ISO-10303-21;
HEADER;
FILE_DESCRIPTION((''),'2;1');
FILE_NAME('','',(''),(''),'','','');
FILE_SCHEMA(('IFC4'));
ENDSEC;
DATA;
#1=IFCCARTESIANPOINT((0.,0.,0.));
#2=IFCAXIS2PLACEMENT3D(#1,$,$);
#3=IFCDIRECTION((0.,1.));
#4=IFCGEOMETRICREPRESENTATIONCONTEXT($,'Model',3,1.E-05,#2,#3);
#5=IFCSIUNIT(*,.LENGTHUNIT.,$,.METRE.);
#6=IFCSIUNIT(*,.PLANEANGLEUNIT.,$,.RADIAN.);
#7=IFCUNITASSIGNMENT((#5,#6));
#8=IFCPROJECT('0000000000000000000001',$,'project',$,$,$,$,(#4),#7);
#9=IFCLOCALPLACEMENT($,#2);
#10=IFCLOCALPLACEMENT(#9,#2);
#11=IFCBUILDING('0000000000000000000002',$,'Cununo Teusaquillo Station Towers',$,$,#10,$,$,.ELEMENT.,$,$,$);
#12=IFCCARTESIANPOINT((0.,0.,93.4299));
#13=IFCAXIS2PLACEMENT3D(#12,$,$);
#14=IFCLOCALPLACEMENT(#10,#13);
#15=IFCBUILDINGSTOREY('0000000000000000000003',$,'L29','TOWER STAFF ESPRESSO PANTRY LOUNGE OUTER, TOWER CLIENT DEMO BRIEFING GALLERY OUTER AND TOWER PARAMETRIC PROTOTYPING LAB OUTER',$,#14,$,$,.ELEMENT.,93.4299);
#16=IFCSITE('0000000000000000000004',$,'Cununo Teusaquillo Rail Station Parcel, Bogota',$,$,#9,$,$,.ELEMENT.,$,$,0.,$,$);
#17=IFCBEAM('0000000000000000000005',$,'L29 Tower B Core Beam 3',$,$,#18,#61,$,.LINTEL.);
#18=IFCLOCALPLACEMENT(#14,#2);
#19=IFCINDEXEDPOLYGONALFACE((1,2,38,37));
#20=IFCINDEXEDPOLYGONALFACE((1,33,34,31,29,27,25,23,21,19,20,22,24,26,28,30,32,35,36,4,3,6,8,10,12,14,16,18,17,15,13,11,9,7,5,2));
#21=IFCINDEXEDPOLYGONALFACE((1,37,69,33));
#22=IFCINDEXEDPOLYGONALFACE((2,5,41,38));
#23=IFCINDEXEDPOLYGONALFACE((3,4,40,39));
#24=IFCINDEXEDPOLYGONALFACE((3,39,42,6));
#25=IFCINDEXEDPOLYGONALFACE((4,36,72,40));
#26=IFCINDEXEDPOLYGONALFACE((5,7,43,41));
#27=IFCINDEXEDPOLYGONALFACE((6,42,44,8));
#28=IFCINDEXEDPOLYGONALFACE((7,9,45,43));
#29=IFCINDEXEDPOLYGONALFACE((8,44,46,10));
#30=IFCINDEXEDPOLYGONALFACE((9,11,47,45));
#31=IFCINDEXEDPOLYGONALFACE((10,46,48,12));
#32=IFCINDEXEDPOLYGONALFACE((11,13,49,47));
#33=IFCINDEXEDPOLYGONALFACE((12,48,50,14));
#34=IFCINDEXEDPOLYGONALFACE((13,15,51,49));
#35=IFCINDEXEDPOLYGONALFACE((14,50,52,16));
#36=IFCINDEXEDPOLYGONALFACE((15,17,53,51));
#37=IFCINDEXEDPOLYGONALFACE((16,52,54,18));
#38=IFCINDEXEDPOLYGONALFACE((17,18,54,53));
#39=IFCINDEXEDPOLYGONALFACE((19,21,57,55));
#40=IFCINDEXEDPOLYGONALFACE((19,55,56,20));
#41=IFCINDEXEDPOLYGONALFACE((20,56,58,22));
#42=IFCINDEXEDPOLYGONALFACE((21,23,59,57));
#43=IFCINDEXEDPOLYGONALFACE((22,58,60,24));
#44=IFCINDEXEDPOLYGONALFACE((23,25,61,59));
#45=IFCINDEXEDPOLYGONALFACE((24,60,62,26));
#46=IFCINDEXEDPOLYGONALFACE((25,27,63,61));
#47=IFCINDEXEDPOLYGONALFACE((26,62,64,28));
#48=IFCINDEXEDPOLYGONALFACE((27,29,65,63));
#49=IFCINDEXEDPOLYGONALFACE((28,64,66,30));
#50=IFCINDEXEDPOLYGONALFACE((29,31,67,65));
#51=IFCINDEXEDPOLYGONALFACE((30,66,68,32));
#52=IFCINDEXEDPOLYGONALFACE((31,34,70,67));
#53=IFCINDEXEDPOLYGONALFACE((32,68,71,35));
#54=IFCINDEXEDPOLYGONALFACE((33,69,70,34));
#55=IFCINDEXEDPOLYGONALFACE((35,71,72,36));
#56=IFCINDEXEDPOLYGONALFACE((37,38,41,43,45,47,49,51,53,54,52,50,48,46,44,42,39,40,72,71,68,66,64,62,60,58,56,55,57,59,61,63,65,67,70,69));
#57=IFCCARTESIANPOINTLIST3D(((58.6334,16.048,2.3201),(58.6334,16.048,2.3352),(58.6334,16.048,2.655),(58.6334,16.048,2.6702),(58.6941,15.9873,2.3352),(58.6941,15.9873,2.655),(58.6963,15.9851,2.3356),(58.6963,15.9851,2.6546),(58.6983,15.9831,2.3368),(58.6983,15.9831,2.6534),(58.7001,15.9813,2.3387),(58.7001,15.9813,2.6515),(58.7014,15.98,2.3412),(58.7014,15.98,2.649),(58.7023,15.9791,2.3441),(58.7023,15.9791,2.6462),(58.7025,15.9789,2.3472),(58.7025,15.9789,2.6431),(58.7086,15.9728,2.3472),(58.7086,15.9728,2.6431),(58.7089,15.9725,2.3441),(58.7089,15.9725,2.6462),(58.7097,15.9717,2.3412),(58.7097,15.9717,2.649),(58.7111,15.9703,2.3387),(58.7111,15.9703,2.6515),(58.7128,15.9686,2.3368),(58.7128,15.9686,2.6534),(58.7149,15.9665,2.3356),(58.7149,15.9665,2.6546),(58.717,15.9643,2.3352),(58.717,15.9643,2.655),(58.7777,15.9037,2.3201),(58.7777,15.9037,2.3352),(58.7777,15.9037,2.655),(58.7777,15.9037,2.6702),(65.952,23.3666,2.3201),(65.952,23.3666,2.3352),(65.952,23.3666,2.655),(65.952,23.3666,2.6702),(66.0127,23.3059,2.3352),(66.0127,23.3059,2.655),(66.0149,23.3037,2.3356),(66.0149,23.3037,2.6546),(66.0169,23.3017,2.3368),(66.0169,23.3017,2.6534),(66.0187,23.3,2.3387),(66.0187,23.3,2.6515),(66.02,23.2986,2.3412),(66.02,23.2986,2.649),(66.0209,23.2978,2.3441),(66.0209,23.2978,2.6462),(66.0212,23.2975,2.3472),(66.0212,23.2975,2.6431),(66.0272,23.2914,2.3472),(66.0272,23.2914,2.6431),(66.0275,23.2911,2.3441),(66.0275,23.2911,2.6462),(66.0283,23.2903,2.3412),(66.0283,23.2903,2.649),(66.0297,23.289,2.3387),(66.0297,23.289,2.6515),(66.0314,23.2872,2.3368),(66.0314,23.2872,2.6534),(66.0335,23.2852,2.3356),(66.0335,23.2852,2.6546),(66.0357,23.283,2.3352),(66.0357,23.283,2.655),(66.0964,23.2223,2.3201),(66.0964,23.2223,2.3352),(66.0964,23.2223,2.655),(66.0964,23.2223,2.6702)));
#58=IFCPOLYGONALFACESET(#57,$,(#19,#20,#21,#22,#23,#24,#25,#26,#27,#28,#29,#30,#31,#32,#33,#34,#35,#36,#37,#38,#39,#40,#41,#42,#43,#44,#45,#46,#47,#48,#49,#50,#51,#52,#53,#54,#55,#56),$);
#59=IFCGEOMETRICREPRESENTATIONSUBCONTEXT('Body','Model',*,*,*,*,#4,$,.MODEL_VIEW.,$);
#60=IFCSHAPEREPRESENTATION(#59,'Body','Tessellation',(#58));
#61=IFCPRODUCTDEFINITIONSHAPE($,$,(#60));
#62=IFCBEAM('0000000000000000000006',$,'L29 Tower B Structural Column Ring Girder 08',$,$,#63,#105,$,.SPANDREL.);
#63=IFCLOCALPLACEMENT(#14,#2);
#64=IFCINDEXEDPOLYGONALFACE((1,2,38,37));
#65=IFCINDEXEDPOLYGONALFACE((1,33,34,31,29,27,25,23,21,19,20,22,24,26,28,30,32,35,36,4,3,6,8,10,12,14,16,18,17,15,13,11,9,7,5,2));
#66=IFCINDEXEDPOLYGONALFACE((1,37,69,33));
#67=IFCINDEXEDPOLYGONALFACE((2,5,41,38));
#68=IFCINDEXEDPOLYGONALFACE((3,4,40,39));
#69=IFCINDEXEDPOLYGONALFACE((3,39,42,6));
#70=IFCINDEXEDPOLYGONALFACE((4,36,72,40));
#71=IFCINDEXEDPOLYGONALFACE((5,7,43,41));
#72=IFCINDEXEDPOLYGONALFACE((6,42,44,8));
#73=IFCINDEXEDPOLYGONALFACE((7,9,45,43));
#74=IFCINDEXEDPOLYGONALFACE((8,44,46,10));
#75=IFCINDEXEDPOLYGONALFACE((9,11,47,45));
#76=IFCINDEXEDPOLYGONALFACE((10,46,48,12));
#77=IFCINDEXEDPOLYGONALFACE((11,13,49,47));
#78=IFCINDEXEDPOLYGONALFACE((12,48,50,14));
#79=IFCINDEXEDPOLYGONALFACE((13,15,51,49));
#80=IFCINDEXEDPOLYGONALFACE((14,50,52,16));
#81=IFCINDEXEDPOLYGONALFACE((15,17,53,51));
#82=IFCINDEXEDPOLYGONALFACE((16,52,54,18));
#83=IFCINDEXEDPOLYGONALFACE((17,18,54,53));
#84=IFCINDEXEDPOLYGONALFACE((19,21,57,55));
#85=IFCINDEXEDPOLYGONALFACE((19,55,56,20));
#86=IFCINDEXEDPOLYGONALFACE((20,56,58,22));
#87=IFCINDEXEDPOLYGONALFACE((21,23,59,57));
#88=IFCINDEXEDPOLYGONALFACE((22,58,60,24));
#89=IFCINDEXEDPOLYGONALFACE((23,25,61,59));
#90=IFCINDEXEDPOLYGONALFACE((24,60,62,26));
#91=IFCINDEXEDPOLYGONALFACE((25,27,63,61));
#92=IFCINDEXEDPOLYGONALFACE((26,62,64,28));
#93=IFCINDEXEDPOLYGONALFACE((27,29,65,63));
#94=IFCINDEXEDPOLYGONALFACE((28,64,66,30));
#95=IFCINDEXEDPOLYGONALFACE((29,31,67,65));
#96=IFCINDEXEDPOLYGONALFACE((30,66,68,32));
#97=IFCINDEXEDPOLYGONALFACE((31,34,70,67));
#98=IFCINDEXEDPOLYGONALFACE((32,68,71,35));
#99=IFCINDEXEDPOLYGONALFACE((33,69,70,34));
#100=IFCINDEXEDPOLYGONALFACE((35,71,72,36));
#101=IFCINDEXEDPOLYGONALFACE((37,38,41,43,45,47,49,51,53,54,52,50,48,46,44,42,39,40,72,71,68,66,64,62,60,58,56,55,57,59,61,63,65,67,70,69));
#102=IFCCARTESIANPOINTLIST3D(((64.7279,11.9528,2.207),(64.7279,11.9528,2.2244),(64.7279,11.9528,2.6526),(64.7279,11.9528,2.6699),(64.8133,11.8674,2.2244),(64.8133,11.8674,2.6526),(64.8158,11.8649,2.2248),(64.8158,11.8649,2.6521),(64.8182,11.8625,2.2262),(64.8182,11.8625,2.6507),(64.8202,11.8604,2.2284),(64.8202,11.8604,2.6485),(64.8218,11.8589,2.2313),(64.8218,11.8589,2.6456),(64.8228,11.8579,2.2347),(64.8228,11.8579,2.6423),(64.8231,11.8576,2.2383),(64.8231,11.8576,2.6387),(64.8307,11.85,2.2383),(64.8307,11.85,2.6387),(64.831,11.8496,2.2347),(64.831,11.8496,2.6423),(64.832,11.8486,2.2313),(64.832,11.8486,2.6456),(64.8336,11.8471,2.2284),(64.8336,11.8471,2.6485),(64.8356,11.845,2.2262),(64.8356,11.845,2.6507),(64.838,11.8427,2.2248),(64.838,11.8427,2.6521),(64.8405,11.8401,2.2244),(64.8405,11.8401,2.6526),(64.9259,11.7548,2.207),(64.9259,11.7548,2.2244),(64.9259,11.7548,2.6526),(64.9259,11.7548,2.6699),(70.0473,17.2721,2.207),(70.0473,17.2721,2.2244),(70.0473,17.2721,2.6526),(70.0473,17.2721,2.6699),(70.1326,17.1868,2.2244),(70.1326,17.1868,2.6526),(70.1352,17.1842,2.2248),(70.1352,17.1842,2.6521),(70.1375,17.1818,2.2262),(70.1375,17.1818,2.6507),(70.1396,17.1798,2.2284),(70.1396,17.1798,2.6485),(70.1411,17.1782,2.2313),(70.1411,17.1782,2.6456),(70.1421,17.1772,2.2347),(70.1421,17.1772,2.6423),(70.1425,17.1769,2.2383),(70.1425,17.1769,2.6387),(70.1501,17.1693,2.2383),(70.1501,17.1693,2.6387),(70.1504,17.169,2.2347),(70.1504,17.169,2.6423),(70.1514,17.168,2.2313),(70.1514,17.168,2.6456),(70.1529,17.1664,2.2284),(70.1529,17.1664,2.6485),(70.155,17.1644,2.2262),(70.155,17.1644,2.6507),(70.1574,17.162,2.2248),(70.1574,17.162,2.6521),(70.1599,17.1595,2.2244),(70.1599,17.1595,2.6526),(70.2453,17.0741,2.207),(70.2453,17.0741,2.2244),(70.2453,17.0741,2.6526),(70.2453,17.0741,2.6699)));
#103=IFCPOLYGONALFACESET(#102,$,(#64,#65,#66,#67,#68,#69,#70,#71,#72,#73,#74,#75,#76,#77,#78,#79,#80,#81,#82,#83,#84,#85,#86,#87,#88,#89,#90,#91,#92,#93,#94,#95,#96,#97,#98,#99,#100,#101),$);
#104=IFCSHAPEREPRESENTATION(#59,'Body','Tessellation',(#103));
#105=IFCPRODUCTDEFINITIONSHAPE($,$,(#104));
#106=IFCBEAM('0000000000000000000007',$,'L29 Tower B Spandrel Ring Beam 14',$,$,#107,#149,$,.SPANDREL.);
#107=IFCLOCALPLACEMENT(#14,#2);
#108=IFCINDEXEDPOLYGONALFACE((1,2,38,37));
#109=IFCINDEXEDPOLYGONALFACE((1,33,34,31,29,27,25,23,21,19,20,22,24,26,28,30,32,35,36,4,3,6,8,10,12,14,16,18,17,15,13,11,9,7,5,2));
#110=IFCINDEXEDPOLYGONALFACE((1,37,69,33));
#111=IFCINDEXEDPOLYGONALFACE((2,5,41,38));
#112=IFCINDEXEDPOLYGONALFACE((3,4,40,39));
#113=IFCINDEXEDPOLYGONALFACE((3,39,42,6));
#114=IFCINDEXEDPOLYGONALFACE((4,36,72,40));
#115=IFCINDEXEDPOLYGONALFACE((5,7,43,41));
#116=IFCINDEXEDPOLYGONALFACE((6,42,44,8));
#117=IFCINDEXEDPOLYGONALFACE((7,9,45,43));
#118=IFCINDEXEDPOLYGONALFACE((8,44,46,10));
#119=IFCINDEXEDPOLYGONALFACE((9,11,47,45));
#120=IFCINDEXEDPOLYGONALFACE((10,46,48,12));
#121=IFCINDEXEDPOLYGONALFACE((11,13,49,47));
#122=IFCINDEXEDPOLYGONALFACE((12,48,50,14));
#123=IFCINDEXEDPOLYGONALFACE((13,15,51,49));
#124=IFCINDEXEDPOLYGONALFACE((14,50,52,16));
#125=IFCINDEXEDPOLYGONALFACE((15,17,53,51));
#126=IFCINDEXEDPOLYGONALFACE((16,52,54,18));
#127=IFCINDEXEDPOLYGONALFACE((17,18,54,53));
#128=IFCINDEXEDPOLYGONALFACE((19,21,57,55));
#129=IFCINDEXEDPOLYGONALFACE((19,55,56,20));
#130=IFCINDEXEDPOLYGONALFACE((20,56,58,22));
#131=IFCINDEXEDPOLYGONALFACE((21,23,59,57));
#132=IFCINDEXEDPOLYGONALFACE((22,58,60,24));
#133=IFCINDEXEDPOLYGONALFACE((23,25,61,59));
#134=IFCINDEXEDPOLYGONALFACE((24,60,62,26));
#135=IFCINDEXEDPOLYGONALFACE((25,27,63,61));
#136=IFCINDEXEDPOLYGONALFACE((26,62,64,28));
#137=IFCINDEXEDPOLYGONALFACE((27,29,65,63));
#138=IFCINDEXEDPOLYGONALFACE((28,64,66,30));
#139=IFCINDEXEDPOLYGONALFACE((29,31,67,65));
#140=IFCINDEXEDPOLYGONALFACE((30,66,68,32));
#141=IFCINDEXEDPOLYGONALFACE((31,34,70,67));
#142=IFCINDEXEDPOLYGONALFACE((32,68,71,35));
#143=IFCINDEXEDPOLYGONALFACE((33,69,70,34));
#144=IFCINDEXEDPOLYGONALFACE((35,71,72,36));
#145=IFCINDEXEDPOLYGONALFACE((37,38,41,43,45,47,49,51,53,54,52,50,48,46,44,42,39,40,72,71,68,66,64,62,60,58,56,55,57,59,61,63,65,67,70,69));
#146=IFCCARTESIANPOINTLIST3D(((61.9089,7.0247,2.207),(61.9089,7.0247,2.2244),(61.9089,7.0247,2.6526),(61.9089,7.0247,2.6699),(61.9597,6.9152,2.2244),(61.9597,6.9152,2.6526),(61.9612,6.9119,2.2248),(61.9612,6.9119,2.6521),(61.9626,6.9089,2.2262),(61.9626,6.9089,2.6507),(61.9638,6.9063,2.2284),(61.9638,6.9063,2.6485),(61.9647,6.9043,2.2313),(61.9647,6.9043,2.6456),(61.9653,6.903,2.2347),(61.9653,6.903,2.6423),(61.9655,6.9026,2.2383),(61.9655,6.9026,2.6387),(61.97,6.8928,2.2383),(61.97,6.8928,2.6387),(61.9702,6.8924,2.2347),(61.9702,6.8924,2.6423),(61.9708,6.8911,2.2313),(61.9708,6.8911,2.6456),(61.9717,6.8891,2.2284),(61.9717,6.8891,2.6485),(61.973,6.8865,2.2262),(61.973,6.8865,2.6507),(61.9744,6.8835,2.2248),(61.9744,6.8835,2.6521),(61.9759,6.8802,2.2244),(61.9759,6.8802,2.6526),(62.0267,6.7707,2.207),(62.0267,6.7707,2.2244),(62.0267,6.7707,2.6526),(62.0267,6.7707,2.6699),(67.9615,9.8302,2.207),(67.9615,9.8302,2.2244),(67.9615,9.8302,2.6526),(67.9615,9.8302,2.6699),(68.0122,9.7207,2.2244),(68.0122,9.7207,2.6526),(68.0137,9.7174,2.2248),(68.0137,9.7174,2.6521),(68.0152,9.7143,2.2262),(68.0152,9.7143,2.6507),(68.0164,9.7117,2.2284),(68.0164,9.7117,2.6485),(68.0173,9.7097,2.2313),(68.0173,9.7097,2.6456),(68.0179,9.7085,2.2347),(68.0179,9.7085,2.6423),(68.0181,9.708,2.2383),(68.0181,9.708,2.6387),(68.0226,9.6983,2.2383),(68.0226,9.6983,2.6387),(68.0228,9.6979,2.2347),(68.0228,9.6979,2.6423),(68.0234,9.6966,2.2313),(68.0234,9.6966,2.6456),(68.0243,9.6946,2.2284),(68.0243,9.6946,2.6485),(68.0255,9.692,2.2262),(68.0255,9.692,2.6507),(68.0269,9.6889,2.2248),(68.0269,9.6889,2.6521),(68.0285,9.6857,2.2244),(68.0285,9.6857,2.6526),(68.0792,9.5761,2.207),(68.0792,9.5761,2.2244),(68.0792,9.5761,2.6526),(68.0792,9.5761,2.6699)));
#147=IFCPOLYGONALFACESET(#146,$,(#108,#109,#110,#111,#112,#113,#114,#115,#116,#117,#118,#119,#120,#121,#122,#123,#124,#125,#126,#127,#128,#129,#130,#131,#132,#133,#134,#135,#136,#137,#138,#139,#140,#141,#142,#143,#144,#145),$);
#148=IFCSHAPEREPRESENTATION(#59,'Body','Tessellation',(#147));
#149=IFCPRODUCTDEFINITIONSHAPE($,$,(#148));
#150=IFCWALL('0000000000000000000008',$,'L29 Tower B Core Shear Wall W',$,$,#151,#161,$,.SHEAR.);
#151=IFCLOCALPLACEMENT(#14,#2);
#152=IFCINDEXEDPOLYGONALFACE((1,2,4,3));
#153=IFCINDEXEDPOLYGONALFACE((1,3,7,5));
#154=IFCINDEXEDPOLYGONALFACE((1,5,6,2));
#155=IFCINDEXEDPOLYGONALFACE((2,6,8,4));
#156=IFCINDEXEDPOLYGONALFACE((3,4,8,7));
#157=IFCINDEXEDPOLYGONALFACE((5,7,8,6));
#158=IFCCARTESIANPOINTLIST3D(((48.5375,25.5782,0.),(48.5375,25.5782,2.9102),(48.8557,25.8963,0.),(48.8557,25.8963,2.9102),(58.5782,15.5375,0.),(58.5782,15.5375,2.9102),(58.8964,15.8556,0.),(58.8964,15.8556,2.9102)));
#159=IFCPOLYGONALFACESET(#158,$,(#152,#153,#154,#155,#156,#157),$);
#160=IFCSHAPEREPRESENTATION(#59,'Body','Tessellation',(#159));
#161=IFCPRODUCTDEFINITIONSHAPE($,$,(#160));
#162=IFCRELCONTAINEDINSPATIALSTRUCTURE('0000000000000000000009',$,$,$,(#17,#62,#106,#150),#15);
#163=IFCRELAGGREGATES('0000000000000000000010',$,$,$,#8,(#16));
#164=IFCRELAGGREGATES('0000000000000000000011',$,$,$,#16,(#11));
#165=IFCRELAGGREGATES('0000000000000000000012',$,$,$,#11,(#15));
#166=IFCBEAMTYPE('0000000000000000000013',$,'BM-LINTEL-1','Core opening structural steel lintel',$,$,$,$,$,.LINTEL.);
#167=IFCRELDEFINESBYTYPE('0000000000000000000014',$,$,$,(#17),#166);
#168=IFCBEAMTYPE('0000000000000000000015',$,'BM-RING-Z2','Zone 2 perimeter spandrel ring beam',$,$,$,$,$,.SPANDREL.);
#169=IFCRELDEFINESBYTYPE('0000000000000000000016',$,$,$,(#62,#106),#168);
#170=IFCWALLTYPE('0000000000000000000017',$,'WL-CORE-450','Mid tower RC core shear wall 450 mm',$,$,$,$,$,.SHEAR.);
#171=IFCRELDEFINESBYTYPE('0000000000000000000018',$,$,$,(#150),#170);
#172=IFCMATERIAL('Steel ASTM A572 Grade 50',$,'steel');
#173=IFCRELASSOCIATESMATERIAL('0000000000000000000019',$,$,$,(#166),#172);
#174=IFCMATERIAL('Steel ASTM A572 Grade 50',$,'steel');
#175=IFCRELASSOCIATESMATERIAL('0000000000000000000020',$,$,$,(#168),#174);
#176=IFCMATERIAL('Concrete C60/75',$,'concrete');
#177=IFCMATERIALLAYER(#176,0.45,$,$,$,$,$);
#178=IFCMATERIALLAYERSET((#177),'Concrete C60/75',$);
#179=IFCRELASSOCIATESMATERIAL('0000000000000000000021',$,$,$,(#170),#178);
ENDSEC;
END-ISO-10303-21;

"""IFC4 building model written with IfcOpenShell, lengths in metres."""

from ifc_helpers import new_model, si_unit, direction, frame, frame_2d, origin, origin_2d, place, context, subcontext, project, spatial, rectangle, i_section, extrude, material, layer, layer_set, material_profile, profile_set, type_object, element, save


model = new_model("IFC4")

# Units and contexts
model_context = context("Model", 3, precision=1e-05, world=origin(), true_north=direction((0.0, 1.0)))
body_context = subcontext(model_context, "Body", "Model", "MODEL_VIEW")
ifc_project = project(units=[si_unit("LENGTHUNIT", "METRE"), si_unit("PLANEANGLEUNIT", "RADIAN")], contexts=[model_context])

# Site, building, storey
site_placement = place(None, origin())
site = spatial("IfcSite", under=ifc_project, at=site_placement, Name="Cununo Teusaquillo Rail Station Parcel, Bogota", CompositionType="ELEMENT", RefElevation=0.0)
building_placement = place(site_placement, origin())
building = spatial("IfcBuilding", under=site, at=building_placement, Name="Cununo Teusaquillo Station Towers", CompositionType="ELEMENT")
storey_placement = place(building_placement, frame((0.0, 0.0, 93.4299)))
storey = spatial("IfcBuildingStorey", under=building, at=storey_placement, Name="L29", Description="TOWER STAFF ESPRESSO PANTRY LOUNGE OUTER, TOWER CLIENT DEMO BRIEFING GALLERY OUTER AND TOWER PARAMETRIC PROTOTYPING LAB OUTER", CompositionType="ELEMENT", Elevation=93.4299)

# Beams
ifc_material_1 = material(Name="Steel ASTM A572 Grade 50", Category="steel")
ifc_material_profile_1 = material_profile(ifc_material_1, i_section(OverallWidth=0.2041, OverallDepth=0.3501, WebThickness=0.0085, FlangeThickness=0.0151, FilletRadius=0.012, at=origin_2d()), Name="W14X48")
ifc_profile_set_1 = profile_set([ifc_material_profile_1], Name="Steel ASTM A572 Grade 50")
beam_type_1 = type_object("IfcBeamType", Name="BM-LINTEL-1", Description="Core opening structural steel lintel", PredefinedType="LINTEL", material=ifc_profile_set_1)
beam_1_placement = place(storey_placement, frame((58.7056, 15.9758, 2.4951), z_axis=(0.707107, 0.707107, 0.0), x_axis=(-0.707107, 0.707107, 0.0)))
element("IfcBeam", 1, at=beam_1_placement, inside=storey, type_object=beam_type_1, Name="L29 Tower B Core Beam 3", PredefinedType="LINTEL", context=body_context, shape_type="SweptSolid", body=[
    extrude(i_section(OverallWidth=0.2041, OverallDepth=0.3501, WebThickness=0.0085, FlangeThickness=0.0151, FilletRadius=0.012, at=origin_2d()), origin(), (0.0, 0.0, 1.0), 10.3501),
])
ifc_material_2 = material(Name="Steel ASTM A572 Grade 50", Category="steel")
ifc_material_profile_2 = material_profile(ifc_material_2, i_section(OverallWidth=0.28, OverallDepth=0.4629, WebThickness=0.0107, FlangeThickness=0.0173, FilletRadius=0.0139, at=origin_2d()), Name="W18X76")
ifc_profile_set_2 = profile_set([ifc_material_profile_2], Name="Steel ASTM A572 Grade 50")
beam_type_2 = type_object("IfcBeamType", Name="BM-RING-Z2", Description="Zone 2 perimeter spandrel ring beam", PredefinedType="SPANDREL", material=ifc_profile_set_2)
beam_2_placement = place(storey_placement, frame((64.8269, 11.8538, 2.4385), z_axis=(0.707107, 0.707107, 0.0), x_axis=(-0.707107, 0.707107, 0.0)))
element("IfcBeam", 2, at=beam_2_placement, inside=storey, type_object=beam_type_2, Name="L29 Tower B Structural Column Ring Girder 08", PredefinedType="SPANDREL", context=body_context, shape_type="SweptSolid", body=[
    extrude(i_section(OverallWidth=0.28, OverallDepth=0.4629, WebThickness=0.0107, FlangeThickness=0.0173, FilletRadius=0.0139, at=origin_2d()), origin(), (0.0, 0.0, 1.0), 7.5227),
])
beam_3_placement = place(storey_placement, frame((61.9678, 6.8977, 2.4385), z_axis=(0.907276, 0.420536, 0.0), x_axis=(-0.420536, 0.907276, 0.0)))
element("IfcBeam", 3, at=beam_3_placement, inside=storey, type_object=beam_type_2, Name="L29 Tower B Spandrel Ring Beam 14", PredefinedType="SPANDREL", context=body_context, shape_type="SweptSolid", body=[
    extrude(i_section(OverallWidth=0.28, OverallDepth=0.4629, WebThickness=0.0107, FlangeThickness=0.0173, FilletRadius=0.0139, at=origin_2d()), origin(), (0.0, 0.0, 1.0), 6.6711),
])

# Wall
ifc_material_3 = material(Name="Concrete C60/75", Category="concrete")
ifc_layer_1 = layer(ifc_material_3, 0.45)
ifc_layer_set_1 = layer_set([ifc_layer_1], Name="Concrete C60/75")
wall_type_1 = type_object("IfcWallType", Name="WL-CORE-450", Description="Mid tower RC core shear wall 450 mm", PredefinedType="SHEAR", material=ifc_layer_set_1)
wall_1_placement = place(storey_placement, frame((58.7373, 15.6965, 0.0), z_axis=(0.0, 0.0, 1.0), x_axis=(-0.707107, 0.707107, 0.0)))
element("IfcWall", 4, at=wall_1_placement, inside=storey, type_object=wall_type_1, Name="L29 Tower B Core Shear Wall W", PredefinedType="SHEAR", context=body_context, shape_type="SweptSolid", body=[
    extrude(rectangle(XDim=14.1997, YDim=0.45, at=frame_2d((7.0999, 0.0))), origin(), (0.0, 0.0, 1.0), 2.9102),
])

save(model, "model.ifc")
